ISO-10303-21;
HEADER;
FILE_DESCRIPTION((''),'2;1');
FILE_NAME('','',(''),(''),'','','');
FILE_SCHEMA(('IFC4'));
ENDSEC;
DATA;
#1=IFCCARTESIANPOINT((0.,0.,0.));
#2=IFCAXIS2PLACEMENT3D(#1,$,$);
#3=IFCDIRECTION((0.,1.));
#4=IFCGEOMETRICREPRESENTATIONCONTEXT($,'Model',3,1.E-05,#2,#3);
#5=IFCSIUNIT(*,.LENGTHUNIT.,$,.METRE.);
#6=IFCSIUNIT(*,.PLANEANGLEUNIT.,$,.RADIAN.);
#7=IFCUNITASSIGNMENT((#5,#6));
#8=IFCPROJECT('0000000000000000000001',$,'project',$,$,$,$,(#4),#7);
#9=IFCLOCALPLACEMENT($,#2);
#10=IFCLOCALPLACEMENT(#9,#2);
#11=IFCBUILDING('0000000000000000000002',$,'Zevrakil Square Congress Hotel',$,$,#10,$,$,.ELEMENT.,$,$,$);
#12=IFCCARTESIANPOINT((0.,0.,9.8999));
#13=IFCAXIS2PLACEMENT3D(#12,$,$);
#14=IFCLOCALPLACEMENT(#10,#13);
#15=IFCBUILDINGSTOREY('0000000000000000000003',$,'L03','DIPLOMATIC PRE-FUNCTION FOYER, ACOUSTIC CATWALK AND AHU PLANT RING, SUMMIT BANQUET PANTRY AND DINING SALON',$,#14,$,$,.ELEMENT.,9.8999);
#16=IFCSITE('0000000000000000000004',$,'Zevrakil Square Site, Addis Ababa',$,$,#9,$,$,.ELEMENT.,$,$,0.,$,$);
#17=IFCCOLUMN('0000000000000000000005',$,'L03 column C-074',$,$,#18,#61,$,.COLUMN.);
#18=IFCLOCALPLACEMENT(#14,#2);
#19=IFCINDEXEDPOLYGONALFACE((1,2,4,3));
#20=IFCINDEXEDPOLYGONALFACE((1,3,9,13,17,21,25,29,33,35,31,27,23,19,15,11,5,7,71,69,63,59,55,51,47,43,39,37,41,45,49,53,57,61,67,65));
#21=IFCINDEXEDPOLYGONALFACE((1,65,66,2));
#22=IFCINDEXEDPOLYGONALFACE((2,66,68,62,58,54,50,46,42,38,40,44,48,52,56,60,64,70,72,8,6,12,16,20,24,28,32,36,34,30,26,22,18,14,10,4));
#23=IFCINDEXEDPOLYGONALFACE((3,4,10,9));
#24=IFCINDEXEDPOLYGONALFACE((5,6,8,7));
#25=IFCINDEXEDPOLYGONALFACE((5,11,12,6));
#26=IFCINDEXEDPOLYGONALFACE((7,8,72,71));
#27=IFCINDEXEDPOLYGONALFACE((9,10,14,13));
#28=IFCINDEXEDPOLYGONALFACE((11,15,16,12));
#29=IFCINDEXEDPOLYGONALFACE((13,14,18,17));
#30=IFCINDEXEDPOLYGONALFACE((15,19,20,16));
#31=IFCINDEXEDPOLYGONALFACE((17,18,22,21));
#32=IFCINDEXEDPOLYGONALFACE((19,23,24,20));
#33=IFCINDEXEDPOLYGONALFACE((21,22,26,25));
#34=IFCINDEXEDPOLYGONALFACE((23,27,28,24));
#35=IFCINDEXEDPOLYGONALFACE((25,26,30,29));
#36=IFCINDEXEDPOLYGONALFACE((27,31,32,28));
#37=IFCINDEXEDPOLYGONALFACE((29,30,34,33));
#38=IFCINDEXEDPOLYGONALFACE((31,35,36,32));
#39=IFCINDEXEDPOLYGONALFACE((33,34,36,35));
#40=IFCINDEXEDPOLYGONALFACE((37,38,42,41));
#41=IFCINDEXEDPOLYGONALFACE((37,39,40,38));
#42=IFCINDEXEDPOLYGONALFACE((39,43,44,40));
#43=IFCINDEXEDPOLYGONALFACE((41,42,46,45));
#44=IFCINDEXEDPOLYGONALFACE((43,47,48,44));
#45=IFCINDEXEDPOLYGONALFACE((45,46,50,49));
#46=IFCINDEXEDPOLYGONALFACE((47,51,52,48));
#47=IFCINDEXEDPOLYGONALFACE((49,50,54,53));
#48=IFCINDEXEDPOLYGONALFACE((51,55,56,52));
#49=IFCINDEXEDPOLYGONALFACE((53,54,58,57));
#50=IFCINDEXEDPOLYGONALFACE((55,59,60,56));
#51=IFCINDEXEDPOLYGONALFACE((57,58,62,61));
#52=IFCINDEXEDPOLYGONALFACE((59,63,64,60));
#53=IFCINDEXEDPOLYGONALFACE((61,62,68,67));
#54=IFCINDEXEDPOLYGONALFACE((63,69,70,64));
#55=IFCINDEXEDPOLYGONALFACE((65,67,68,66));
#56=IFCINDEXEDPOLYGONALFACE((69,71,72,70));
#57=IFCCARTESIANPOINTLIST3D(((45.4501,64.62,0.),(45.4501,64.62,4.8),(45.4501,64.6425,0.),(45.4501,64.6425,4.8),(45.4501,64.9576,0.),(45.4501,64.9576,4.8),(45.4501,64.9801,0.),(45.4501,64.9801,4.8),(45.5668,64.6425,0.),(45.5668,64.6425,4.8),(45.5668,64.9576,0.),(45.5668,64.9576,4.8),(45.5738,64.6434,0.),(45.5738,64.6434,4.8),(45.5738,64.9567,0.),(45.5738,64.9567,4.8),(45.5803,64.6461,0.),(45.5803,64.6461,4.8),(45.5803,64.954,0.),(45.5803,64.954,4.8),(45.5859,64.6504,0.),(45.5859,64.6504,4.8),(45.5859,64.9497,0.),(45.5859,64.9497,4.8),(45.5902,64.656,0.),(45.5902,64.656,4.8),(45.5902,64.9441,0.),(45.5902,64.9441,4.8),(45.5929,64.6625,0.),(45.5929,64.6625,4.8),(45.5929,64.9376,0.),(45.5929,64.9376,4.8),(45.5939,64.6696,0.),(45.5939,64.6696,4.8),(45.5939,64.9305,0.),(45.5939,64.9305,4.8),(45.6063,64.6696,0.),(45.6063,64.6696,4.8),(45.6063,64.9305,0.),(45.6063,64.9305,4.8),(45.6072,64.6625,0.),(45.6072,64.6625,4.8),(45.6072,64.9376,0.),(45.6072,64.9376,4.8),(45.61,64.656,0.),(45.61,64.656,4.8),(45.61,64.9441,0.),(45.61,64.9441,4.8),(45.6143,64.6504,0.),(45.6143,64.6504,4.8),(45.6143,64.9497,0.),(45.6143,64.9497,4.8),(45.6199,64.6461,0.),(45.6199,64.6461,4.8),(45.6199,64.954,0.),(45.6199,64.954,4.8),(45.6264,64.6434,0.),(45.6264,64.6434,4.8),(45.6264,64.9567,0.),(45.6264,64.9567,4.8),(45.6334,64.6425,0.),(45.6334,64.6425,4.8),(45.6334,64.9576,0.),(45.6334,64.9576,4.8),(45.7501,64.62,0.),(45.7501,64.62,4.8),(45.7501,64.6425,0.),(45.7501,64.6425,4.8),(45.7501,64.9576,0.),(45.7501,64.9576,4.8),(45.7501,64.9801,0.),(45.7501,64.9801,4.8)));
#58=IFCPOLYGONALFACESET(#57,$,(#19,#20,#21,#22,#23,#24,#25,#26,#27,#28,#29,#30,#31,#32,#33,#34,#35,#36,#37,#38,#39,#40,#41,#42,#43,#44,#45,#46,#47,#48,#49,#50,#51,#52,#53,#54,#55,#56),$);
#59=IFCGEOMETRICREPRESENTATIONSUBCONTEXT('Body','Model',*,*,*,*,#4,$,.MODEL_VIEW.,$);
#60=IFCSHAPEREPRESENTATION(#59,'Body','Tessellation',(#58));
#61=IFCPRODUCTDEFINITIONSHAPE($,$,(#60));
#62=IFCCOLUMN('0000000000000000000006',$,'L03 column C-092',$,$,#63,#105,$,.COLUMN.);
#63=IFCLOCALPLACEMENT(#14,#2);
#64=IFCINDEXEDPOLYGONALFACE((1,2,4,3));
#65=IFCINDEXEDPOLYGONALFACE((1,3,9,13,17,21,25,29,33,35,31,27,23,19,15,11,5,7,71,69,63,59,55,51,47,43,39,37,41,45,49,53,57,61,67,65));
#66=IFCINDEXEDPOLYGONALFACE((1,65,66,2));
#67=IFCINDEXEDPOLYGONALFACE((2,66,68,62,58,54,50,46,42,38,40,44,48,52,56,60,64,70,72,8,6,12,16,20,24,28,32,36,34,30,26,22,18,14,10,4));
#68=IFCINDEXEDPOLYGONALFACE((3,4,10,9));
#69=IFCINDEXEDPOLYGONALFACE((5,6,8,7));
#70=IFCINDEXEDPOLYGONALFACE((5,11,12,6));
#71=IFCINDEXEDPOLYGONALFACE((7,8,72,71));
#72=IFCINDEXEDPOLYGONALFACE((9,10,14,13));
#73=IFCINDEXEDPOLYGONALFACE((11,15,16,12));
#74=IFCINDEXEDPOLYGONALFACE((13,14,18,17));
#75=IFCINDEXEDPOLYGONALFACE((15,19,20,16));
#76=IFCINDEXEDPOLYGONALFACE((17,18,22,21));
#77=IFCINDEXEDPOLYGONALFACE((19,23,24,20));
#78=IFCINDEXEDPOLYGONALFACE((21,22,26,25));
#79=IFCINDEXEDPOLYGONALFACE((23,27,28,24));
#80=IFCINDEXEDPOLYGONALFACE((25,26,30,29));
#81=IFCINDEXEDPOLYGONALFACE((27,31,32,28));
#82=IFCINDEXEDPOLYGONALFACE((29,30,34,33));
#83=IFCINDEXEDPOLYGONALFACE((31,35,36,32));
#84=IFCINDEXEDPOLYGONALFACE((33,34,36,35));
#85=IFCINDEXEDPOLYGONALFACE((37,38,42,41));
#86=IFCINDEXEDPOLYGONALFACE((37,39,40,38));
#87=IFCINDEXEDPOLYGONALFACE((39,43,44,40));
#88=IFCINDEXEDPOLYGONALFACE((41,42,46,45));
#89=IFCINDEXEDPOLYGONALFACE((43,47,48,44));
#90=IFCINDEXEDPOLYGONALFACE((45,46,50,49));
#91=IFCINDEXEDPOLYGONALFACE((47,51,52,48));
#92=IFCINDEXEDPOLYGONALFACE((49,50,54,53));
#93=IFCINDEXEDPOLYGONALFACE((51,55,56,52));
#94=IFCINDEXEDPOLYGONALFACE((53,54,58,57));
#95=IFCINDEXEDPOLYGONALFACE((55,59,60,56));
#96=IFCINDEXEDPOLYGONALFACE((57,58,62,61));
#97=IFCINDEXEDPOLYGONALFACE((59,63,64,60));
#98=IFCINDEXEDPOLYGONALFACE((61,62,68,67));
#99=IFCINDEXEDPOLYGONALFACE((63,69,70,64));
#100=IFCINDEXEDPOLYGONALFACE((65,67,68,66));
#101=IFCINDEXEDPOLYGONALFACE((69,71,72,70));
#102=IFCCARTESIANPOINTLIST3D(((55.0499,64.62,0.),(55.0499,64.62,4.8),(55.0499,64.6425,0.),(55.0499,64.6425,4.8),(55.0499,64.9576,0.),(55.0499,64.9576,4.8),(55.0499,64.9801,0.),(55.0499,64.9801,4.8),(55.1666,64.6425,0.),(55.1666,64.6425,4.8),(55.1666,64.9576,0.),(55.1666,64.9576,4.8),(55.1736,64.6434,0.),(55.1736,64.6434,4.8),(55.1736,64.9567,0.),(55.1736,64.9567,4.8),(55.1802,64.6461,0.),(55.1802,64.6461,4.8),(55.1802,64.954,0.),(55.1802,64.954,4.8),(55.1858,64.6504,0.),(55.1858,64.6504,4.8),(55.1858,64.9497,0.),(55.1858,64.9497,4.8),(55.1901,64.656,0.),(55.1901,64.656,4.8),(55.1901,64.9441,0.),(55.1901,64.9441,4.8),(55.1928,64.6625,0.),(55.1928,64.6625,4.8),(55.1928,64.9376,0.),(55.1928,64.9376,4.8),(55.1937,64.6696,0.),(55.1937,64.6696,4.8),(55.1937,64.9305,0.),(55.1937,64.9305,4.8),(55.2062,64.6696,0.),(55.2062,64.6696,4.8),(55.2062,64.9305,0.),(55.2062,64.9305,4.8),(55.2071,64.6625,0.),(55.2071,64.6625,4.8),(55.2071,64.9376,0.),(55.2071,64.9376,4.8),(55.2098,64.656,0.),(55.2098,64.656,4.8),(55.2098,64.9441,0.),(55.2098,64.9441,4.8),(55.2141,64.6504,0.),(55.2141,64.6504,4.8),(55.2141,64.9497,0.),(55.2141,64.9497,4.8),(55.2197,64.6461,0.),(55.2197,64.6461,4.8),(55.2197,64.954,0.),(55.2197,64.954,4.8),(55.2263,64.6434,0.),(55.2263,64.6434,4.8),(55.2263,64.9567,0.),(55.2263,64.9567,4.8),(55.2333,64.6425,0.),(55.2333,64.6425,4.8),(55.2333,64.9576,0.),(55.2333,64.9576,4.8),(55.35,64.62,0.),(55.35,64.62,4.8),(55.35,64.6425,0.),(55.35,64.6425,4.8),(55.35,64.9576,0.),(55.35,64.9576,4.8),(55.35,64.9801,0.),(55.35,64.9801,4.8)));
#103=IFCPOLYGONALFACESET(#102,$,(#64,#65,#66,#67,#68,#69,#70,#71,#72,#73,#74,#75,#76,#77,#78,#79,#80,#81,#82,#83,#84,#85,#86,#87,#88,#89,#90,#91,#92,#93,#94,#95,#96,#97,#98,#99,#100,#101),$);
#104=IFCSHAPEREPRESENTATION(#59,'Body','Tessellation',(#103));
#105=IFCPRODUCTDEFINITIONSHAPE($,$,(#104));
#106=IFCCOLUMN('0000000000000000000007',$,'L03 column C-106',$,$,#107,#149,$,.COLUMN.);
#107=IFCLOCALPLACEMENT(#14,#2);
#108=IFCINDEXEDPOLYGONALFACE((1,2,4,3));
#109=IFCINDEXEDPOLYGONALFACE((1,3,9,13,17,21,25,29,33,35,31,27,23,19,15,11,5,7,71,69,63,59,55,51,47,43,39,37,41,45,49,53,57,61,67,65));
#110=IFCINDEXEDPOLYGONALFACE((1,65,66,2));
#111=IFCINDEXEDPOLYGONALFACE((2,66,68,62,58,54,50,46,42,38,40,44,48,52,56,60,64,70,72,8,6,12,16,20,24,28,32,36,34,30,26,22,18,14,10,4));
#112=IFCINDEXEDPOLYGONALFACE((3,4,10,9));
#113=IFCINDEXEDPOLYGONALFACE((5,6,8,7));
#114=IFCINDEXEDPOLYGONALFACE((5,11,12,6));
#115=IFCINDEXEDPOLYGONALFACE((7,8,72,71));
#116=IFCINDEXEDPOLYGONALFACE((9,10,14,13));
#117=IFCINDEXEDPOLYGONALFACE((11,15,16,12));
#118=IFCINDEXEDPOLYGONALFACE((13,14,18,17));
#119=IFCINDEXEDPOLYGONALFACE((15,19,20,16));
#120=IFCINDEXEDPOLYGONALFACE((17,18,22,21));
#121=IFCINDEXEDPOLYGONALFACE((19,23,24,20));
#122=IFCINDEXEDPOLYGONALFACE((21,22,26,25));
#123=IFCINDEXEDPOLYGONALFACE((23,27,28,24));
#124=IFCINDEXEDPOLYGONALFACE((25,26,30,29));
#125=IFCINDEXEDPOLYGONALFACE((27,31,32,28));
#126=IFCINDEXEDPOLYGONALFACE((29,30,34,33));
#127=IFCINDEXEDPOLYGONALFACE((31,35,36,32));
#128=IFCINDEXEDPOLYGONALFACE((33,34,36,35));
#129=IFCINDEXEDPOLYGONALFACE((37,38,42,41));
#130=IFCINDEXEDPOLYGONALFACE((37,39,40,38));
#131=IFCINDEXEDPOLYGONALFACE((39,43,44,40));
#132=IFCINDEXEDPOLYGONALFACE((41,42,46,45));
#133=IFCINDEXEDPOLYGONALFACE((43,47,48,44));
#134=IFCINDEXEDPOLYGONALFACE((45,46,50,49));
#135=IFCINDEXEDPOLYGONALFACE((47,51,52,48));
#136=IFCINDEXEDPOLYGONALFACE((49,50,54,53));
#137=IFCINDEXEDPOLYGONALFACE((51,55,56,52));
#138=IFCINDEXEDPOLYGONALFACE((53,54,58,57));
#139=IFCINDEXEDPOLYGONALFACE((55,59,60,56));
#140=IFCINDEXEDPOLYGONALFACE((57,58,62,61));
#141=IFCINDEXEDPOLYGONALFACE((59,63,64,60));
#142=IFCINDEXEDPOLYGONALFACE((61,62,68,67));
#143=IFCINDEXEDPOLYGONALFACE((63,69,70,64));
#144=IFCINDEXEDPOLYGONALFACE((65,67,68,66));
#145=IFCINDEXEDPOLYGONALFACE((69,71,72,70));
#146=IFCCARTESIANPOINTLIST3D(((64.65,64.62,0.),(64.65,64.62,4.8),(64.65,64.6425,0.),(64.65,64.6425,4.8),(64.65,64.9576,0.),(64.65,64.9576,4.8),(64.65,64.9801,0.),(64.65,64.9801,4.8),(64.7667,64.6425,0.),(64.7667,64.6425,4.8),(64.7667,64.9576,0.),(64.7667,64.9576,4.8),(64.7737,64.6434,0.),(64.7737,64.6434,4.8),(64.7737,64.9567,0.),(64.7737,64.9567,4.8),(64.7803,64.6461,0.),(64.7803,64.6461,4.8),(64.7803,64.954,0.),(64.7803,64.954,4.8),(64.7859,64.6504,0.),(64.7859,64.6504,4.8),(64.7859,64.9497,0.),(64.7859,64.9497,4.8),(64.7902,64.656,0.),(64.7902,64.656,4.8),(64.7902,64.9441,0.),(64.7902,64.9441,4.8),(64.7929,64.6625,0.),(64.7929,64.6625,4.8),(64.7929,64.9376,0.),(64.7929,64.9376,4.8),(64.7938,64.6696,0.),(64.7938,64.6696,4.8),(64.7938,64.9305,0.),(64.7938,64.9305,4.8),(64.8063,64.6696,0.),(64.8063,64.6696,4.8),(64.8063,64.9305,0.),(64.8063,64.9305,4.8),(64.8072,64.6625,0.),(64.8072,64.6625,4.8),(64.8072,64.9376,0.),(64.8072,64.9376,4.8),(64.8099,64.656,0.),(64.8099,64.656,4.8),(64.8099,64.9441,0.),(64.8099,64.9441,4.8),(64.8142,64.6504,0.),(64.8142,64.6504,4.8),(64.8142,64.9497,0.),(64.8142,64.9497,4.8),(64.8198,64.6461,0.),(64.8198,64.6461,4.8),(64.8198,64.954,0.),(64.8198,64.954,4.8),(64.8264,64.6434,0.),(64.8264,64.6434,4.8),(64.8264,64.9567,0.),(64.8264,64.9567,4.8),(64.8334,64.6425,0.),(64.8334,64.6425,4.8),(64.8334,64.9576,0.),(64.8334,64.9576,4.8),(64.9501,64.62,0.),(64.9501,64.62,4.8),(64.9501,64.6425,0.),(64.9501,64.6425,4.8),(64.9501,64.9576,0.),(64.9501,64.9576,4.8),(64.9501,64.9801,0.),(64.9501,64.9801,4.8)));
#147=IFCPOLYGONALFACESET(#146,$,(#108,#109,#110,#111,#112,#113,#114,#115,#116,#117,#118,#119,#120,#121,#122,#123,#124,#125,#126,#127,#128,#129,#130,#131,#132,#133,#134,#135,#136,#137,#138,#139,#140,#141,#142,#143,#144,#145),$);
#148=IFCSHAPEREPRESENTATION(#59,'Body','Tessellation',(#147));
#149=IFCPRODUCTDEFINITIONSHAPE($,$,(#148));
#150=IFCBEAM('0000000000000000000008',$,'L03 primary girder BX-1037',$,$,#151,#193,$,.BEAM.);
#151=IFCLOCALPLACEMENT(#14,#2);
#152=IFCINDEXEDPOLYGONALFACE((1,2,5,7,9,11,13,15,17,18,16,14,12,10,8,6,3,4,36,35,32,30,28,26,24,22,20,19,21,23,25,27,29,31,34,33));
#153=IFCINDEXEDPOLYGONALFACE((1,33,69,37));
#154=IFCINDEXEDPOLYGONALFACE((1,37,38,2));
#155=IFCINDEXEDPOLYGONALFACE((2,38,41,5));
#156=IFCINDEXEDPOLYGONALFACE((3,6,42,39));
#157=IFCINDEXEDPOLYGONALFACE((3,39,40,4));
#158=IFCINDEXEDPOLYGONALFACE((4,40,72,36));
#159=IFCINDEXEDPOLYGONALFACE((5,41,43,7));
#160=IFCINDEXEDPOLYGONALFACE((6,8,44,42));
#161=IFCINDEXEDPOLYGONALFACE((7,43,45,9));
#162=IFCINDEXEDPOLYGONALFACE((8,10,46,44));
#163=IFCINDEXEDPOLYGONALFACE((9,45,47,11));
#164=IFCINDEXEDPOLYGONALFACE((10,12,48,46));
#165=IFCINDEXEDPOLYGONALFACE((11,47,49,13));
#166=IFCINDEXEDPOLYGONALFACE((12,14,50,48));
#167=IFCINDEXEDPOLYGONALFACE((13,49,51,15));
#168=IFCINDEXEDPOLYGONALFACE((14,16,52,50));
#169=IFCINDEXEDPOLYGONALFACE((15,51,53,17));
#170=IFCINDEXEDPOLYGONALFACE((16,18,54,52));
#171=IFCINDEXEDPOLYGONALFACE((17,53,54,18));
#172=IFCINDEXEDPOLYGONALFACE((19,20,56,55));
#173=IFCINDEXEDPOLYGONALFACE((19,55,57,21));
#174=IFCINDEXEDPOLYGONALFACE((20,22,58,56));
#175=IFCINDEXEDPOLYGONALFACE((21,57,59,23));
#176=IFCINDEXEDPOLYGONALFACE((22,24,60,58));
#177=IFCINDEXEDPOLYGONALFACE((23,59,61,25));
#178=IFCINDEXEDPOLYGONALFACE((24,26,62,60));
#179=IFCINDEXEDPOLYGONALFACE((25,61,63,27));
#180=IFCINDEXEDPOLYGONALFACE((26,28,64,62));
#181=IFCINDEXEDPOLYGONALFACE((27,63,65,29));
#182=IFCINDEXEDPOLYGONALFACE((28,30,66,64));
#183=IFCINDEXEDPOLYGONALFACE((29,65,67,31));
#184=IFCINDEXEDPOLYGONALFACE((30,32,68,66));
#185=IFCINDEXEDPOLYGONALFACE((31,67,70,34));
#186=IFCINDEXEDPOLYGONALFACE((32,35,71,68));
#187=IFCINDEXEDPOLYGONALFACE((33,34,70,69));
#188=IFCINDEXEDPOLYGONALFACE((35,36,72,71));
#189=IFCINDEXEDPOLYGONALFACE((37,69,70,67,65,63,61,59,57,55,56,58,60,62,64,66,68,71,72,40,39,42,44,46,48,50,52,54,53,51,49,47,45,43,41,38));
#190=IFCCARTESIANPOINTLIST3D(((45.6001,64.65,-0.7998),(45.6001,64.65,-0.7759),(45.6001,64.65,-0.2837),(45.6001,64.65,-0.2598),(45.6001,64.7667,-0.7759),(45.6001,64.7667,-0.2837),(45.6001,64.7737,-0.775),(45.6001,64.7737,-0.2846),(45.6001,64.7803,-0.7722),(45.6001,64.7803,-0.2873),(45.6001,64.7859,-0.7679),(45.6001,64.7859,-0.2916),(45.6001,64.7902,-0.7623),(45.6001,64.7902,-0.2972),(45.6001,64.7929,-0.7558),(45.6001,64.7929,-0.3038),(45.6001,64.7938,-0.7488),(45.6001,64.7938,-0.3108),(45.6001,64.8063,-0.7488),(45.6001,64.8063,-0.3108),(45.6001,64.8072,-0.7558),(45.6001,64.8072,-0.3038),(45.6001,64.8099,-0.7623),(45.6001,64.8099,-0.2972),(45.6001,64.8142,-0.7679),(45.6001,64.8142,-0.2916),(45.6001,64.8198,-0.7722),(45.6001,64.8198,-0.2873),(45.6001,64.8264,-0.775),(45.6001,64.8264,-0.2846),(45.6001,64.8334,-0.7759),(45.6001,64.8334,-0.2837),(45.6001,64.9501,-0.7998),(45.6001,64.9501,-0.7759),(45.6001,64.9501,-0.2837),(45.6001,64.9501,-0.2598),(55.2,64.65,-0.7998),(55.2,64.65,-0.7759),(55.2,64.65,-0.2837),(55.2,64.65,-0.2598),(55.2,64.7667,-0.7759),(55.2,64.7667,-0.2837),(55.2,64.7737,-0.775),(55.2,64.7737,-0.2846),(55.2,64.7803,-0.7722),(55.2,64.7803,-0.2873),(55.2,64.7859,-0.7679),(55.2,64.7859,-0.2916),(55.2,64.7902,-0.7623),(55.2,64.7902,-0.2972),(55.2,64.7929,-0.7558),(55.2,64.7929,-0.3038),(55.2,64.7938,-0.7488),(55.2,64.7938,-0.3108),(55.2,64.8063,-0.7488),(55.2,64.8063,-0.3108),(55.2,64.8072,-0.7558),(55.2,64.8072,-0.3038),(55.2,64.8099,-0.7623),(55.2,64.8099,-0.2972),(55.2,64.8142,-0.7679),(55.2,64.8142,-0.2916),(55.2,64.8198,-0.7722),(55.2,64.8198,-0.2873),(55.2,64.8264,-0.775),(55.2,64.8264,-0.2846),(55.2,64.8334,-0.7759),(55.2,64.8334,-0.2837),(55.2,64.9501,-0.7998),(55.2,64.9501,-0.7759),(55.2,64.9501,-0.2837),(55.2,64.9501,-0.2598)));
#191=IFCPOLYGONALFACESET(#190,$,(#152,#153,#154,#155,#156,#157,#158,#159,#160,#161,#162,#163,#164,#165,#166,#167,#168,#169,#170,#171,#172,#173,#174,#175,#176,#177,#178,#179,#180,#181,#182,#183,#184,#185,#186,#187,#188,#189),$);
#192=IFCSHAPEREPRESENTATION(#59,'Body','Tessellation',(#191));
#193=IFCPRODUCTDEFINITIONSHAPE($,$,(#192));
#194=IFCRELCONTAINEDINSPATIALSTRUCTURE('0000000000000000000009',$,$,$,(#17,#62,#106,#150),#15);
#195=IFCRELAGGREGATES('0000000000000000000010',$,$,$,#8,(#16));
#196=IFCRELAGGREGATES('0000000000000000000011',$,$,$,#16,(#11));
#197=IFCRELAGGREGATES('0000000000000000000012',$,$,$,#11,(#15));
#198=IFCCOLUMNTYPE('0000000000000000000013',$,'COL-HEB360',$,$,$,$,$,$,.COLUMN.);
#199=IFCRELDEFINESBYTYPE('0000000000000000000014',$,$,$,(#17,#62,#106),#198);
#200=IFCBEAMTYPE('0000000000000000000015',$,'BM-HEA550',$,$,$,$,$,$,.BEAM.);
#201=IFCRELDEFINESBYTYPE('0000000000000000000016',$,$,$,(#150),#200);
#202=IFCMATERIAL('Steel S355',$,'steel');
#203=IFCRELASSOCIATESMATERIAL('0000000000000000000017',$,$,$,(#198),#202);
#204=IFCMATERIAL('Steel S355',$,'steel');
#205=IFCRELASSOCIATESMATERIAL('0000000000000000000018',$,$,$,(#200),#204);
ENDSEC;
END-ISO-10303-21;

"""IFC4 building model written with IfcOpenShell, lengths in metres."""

from ifc_helpers import new_model, si_unit, direction, frame, origin, origin_2d, place, context, subcontext, project, spatial, i_section, extrude, material, material_profile, profile_set, type_object, element, save


model = new_model("IFC4")

# Units and contexts
model_context = context("Model", 3, precision=1e-05, world=origin(), true_north=direction((0.0, 1.0)))
body_context = subcontext(model_context, "Body", "Model", "MODEL_VIEW")
ifc_project = project(units=[si_unit("LENGTHUNIT", "METRE"), si_unit("PLANEANGLEUNIT", "RADIAN")], contexts=[model_context])

# Site, building, storey
site_placement = place(None, origin())
site = spatial("IfcSite", under=ifc_project, at=site_placement, Name="Zevrakil Square Site, Addis Ababa", CompositionType="ELEMENT", RefElevation=0.0)
building_placement = place(site_placement, origin())
building = spatial("IfcBuilding", under=site, at=building_placement, Name="Zevrakil Square Congress Hotel", CompositionType="ELEMENT")
storey_placement = place(building_placement, frame((0.0, 0.0, 9.8999)))
storey = spatial("IfcBuildingStorey", under=building, at=storey_placement, Name="L03", Description="DIPLOMATIC PRE-FUNCTION FOYER, ACOUSTIC CATWALK AND AHU PLANT RING, SUMMIT BANQUET PANTRY AND DINING SALON", CompositionType="ELEMENT", Elevation=9.8999)

# Columns
ifc_material_1 = material(Name="Steel S355", Category="steel")
ifc_material_profile_1 = material_profile(ifc_material_1, i_section(OverallWidth=0.3, OverallDepth=0.3601, WebThickness=0.0125, FlangeThickness=0.0225, FilletRadius=0.0271, at=origin_2d()), Name="HEB 360")
ifc_profile_set_1 = profile_set([ifc_material_profile_1], Name="Steel S355")
column_type = type_object("IfcColumnType", Name="COL-HEB360", PredefinedType="COLUMN", material=ifc_profile_set_1)
for number, where, z_axis, x_axis, name in (
    (1, (45.6001, 64.8, 0.0), (0.0, 0.0, 1.0), (1.0, 0.0, 0.0), "L03 column C-074"),
    (2, (55.2, 64.8, 0.0), (0.0, 0.0, 1.0), (1.0, 0.0, 0.0), "L03 column C-092"),
    (3, (64.8, 64.8, 0.0), (0.0, 0.0, 1.0), (1.0, 0.0, 0.0), "L03 column C-106"),
):
    element("IfcColumn", number, at=place(storey_placement, frame(where, z_axis=z_axis, x_axis=x_axis)), inside=storey, type_object=column_type, Name=name, PredefinedType="COLUMN", context=body_context, shape_type="SweptSolid", body=[
        extrude(i_section(OverallWidth=0.3, OverallDepth=0.3601, WebThickness=0.0125, FlangeThickness=0.0225, FilletRadius=0.0271, at=origin_2d()), origin(), (0.0, 0.0, 1.0), 4.8),
    ])

# Beam
ifc_material_2 = material(Name="Steel S355", Category="steel")
ifc_material_profile_2 = material_profile(ifc_material_2, i_section(OverallWidth=0.3, OverallDepth=0.54, WebThickness=0.0125, FlangeThickness=0.0239, FilletRadius=0.0271, at=origin_2d()), Name="HEA 550")
ifc_profile_set_2 = profile_set([ifc_material_profile_2], Name="Steel S355")
beam_type_1 = type_object("IfcBeamType", Name="BM-HEA550", PredefinedType="BEAM", material=ifc_profile_set_2)
beam_1_placement = place(storey_placement, frame((45.6001, 64.8, -0.5298), z_axis=(1.0, 0.0, 0.0), x_axis=(0.0, 1.0, 0.0)))
element("IfcBeam", 4, at=beam_1_placement, inside=storey, type_object=beam_type_1, Name="L03 primary girder BX-1037", PredefinedType="BEAM", context=body_context, shape_type="SweptSolid", body=[
    extrude(i_section(OverallWidth=0.3, OverallDepth=0.54, WebThickness=0.0125, FlangeThickness=0.0239, FilletRadius=0.0271, at=origin_2d()), origin(), (0.0, 0.0, 1.0), 9.5999),
])

save(model, "model.ifc")
